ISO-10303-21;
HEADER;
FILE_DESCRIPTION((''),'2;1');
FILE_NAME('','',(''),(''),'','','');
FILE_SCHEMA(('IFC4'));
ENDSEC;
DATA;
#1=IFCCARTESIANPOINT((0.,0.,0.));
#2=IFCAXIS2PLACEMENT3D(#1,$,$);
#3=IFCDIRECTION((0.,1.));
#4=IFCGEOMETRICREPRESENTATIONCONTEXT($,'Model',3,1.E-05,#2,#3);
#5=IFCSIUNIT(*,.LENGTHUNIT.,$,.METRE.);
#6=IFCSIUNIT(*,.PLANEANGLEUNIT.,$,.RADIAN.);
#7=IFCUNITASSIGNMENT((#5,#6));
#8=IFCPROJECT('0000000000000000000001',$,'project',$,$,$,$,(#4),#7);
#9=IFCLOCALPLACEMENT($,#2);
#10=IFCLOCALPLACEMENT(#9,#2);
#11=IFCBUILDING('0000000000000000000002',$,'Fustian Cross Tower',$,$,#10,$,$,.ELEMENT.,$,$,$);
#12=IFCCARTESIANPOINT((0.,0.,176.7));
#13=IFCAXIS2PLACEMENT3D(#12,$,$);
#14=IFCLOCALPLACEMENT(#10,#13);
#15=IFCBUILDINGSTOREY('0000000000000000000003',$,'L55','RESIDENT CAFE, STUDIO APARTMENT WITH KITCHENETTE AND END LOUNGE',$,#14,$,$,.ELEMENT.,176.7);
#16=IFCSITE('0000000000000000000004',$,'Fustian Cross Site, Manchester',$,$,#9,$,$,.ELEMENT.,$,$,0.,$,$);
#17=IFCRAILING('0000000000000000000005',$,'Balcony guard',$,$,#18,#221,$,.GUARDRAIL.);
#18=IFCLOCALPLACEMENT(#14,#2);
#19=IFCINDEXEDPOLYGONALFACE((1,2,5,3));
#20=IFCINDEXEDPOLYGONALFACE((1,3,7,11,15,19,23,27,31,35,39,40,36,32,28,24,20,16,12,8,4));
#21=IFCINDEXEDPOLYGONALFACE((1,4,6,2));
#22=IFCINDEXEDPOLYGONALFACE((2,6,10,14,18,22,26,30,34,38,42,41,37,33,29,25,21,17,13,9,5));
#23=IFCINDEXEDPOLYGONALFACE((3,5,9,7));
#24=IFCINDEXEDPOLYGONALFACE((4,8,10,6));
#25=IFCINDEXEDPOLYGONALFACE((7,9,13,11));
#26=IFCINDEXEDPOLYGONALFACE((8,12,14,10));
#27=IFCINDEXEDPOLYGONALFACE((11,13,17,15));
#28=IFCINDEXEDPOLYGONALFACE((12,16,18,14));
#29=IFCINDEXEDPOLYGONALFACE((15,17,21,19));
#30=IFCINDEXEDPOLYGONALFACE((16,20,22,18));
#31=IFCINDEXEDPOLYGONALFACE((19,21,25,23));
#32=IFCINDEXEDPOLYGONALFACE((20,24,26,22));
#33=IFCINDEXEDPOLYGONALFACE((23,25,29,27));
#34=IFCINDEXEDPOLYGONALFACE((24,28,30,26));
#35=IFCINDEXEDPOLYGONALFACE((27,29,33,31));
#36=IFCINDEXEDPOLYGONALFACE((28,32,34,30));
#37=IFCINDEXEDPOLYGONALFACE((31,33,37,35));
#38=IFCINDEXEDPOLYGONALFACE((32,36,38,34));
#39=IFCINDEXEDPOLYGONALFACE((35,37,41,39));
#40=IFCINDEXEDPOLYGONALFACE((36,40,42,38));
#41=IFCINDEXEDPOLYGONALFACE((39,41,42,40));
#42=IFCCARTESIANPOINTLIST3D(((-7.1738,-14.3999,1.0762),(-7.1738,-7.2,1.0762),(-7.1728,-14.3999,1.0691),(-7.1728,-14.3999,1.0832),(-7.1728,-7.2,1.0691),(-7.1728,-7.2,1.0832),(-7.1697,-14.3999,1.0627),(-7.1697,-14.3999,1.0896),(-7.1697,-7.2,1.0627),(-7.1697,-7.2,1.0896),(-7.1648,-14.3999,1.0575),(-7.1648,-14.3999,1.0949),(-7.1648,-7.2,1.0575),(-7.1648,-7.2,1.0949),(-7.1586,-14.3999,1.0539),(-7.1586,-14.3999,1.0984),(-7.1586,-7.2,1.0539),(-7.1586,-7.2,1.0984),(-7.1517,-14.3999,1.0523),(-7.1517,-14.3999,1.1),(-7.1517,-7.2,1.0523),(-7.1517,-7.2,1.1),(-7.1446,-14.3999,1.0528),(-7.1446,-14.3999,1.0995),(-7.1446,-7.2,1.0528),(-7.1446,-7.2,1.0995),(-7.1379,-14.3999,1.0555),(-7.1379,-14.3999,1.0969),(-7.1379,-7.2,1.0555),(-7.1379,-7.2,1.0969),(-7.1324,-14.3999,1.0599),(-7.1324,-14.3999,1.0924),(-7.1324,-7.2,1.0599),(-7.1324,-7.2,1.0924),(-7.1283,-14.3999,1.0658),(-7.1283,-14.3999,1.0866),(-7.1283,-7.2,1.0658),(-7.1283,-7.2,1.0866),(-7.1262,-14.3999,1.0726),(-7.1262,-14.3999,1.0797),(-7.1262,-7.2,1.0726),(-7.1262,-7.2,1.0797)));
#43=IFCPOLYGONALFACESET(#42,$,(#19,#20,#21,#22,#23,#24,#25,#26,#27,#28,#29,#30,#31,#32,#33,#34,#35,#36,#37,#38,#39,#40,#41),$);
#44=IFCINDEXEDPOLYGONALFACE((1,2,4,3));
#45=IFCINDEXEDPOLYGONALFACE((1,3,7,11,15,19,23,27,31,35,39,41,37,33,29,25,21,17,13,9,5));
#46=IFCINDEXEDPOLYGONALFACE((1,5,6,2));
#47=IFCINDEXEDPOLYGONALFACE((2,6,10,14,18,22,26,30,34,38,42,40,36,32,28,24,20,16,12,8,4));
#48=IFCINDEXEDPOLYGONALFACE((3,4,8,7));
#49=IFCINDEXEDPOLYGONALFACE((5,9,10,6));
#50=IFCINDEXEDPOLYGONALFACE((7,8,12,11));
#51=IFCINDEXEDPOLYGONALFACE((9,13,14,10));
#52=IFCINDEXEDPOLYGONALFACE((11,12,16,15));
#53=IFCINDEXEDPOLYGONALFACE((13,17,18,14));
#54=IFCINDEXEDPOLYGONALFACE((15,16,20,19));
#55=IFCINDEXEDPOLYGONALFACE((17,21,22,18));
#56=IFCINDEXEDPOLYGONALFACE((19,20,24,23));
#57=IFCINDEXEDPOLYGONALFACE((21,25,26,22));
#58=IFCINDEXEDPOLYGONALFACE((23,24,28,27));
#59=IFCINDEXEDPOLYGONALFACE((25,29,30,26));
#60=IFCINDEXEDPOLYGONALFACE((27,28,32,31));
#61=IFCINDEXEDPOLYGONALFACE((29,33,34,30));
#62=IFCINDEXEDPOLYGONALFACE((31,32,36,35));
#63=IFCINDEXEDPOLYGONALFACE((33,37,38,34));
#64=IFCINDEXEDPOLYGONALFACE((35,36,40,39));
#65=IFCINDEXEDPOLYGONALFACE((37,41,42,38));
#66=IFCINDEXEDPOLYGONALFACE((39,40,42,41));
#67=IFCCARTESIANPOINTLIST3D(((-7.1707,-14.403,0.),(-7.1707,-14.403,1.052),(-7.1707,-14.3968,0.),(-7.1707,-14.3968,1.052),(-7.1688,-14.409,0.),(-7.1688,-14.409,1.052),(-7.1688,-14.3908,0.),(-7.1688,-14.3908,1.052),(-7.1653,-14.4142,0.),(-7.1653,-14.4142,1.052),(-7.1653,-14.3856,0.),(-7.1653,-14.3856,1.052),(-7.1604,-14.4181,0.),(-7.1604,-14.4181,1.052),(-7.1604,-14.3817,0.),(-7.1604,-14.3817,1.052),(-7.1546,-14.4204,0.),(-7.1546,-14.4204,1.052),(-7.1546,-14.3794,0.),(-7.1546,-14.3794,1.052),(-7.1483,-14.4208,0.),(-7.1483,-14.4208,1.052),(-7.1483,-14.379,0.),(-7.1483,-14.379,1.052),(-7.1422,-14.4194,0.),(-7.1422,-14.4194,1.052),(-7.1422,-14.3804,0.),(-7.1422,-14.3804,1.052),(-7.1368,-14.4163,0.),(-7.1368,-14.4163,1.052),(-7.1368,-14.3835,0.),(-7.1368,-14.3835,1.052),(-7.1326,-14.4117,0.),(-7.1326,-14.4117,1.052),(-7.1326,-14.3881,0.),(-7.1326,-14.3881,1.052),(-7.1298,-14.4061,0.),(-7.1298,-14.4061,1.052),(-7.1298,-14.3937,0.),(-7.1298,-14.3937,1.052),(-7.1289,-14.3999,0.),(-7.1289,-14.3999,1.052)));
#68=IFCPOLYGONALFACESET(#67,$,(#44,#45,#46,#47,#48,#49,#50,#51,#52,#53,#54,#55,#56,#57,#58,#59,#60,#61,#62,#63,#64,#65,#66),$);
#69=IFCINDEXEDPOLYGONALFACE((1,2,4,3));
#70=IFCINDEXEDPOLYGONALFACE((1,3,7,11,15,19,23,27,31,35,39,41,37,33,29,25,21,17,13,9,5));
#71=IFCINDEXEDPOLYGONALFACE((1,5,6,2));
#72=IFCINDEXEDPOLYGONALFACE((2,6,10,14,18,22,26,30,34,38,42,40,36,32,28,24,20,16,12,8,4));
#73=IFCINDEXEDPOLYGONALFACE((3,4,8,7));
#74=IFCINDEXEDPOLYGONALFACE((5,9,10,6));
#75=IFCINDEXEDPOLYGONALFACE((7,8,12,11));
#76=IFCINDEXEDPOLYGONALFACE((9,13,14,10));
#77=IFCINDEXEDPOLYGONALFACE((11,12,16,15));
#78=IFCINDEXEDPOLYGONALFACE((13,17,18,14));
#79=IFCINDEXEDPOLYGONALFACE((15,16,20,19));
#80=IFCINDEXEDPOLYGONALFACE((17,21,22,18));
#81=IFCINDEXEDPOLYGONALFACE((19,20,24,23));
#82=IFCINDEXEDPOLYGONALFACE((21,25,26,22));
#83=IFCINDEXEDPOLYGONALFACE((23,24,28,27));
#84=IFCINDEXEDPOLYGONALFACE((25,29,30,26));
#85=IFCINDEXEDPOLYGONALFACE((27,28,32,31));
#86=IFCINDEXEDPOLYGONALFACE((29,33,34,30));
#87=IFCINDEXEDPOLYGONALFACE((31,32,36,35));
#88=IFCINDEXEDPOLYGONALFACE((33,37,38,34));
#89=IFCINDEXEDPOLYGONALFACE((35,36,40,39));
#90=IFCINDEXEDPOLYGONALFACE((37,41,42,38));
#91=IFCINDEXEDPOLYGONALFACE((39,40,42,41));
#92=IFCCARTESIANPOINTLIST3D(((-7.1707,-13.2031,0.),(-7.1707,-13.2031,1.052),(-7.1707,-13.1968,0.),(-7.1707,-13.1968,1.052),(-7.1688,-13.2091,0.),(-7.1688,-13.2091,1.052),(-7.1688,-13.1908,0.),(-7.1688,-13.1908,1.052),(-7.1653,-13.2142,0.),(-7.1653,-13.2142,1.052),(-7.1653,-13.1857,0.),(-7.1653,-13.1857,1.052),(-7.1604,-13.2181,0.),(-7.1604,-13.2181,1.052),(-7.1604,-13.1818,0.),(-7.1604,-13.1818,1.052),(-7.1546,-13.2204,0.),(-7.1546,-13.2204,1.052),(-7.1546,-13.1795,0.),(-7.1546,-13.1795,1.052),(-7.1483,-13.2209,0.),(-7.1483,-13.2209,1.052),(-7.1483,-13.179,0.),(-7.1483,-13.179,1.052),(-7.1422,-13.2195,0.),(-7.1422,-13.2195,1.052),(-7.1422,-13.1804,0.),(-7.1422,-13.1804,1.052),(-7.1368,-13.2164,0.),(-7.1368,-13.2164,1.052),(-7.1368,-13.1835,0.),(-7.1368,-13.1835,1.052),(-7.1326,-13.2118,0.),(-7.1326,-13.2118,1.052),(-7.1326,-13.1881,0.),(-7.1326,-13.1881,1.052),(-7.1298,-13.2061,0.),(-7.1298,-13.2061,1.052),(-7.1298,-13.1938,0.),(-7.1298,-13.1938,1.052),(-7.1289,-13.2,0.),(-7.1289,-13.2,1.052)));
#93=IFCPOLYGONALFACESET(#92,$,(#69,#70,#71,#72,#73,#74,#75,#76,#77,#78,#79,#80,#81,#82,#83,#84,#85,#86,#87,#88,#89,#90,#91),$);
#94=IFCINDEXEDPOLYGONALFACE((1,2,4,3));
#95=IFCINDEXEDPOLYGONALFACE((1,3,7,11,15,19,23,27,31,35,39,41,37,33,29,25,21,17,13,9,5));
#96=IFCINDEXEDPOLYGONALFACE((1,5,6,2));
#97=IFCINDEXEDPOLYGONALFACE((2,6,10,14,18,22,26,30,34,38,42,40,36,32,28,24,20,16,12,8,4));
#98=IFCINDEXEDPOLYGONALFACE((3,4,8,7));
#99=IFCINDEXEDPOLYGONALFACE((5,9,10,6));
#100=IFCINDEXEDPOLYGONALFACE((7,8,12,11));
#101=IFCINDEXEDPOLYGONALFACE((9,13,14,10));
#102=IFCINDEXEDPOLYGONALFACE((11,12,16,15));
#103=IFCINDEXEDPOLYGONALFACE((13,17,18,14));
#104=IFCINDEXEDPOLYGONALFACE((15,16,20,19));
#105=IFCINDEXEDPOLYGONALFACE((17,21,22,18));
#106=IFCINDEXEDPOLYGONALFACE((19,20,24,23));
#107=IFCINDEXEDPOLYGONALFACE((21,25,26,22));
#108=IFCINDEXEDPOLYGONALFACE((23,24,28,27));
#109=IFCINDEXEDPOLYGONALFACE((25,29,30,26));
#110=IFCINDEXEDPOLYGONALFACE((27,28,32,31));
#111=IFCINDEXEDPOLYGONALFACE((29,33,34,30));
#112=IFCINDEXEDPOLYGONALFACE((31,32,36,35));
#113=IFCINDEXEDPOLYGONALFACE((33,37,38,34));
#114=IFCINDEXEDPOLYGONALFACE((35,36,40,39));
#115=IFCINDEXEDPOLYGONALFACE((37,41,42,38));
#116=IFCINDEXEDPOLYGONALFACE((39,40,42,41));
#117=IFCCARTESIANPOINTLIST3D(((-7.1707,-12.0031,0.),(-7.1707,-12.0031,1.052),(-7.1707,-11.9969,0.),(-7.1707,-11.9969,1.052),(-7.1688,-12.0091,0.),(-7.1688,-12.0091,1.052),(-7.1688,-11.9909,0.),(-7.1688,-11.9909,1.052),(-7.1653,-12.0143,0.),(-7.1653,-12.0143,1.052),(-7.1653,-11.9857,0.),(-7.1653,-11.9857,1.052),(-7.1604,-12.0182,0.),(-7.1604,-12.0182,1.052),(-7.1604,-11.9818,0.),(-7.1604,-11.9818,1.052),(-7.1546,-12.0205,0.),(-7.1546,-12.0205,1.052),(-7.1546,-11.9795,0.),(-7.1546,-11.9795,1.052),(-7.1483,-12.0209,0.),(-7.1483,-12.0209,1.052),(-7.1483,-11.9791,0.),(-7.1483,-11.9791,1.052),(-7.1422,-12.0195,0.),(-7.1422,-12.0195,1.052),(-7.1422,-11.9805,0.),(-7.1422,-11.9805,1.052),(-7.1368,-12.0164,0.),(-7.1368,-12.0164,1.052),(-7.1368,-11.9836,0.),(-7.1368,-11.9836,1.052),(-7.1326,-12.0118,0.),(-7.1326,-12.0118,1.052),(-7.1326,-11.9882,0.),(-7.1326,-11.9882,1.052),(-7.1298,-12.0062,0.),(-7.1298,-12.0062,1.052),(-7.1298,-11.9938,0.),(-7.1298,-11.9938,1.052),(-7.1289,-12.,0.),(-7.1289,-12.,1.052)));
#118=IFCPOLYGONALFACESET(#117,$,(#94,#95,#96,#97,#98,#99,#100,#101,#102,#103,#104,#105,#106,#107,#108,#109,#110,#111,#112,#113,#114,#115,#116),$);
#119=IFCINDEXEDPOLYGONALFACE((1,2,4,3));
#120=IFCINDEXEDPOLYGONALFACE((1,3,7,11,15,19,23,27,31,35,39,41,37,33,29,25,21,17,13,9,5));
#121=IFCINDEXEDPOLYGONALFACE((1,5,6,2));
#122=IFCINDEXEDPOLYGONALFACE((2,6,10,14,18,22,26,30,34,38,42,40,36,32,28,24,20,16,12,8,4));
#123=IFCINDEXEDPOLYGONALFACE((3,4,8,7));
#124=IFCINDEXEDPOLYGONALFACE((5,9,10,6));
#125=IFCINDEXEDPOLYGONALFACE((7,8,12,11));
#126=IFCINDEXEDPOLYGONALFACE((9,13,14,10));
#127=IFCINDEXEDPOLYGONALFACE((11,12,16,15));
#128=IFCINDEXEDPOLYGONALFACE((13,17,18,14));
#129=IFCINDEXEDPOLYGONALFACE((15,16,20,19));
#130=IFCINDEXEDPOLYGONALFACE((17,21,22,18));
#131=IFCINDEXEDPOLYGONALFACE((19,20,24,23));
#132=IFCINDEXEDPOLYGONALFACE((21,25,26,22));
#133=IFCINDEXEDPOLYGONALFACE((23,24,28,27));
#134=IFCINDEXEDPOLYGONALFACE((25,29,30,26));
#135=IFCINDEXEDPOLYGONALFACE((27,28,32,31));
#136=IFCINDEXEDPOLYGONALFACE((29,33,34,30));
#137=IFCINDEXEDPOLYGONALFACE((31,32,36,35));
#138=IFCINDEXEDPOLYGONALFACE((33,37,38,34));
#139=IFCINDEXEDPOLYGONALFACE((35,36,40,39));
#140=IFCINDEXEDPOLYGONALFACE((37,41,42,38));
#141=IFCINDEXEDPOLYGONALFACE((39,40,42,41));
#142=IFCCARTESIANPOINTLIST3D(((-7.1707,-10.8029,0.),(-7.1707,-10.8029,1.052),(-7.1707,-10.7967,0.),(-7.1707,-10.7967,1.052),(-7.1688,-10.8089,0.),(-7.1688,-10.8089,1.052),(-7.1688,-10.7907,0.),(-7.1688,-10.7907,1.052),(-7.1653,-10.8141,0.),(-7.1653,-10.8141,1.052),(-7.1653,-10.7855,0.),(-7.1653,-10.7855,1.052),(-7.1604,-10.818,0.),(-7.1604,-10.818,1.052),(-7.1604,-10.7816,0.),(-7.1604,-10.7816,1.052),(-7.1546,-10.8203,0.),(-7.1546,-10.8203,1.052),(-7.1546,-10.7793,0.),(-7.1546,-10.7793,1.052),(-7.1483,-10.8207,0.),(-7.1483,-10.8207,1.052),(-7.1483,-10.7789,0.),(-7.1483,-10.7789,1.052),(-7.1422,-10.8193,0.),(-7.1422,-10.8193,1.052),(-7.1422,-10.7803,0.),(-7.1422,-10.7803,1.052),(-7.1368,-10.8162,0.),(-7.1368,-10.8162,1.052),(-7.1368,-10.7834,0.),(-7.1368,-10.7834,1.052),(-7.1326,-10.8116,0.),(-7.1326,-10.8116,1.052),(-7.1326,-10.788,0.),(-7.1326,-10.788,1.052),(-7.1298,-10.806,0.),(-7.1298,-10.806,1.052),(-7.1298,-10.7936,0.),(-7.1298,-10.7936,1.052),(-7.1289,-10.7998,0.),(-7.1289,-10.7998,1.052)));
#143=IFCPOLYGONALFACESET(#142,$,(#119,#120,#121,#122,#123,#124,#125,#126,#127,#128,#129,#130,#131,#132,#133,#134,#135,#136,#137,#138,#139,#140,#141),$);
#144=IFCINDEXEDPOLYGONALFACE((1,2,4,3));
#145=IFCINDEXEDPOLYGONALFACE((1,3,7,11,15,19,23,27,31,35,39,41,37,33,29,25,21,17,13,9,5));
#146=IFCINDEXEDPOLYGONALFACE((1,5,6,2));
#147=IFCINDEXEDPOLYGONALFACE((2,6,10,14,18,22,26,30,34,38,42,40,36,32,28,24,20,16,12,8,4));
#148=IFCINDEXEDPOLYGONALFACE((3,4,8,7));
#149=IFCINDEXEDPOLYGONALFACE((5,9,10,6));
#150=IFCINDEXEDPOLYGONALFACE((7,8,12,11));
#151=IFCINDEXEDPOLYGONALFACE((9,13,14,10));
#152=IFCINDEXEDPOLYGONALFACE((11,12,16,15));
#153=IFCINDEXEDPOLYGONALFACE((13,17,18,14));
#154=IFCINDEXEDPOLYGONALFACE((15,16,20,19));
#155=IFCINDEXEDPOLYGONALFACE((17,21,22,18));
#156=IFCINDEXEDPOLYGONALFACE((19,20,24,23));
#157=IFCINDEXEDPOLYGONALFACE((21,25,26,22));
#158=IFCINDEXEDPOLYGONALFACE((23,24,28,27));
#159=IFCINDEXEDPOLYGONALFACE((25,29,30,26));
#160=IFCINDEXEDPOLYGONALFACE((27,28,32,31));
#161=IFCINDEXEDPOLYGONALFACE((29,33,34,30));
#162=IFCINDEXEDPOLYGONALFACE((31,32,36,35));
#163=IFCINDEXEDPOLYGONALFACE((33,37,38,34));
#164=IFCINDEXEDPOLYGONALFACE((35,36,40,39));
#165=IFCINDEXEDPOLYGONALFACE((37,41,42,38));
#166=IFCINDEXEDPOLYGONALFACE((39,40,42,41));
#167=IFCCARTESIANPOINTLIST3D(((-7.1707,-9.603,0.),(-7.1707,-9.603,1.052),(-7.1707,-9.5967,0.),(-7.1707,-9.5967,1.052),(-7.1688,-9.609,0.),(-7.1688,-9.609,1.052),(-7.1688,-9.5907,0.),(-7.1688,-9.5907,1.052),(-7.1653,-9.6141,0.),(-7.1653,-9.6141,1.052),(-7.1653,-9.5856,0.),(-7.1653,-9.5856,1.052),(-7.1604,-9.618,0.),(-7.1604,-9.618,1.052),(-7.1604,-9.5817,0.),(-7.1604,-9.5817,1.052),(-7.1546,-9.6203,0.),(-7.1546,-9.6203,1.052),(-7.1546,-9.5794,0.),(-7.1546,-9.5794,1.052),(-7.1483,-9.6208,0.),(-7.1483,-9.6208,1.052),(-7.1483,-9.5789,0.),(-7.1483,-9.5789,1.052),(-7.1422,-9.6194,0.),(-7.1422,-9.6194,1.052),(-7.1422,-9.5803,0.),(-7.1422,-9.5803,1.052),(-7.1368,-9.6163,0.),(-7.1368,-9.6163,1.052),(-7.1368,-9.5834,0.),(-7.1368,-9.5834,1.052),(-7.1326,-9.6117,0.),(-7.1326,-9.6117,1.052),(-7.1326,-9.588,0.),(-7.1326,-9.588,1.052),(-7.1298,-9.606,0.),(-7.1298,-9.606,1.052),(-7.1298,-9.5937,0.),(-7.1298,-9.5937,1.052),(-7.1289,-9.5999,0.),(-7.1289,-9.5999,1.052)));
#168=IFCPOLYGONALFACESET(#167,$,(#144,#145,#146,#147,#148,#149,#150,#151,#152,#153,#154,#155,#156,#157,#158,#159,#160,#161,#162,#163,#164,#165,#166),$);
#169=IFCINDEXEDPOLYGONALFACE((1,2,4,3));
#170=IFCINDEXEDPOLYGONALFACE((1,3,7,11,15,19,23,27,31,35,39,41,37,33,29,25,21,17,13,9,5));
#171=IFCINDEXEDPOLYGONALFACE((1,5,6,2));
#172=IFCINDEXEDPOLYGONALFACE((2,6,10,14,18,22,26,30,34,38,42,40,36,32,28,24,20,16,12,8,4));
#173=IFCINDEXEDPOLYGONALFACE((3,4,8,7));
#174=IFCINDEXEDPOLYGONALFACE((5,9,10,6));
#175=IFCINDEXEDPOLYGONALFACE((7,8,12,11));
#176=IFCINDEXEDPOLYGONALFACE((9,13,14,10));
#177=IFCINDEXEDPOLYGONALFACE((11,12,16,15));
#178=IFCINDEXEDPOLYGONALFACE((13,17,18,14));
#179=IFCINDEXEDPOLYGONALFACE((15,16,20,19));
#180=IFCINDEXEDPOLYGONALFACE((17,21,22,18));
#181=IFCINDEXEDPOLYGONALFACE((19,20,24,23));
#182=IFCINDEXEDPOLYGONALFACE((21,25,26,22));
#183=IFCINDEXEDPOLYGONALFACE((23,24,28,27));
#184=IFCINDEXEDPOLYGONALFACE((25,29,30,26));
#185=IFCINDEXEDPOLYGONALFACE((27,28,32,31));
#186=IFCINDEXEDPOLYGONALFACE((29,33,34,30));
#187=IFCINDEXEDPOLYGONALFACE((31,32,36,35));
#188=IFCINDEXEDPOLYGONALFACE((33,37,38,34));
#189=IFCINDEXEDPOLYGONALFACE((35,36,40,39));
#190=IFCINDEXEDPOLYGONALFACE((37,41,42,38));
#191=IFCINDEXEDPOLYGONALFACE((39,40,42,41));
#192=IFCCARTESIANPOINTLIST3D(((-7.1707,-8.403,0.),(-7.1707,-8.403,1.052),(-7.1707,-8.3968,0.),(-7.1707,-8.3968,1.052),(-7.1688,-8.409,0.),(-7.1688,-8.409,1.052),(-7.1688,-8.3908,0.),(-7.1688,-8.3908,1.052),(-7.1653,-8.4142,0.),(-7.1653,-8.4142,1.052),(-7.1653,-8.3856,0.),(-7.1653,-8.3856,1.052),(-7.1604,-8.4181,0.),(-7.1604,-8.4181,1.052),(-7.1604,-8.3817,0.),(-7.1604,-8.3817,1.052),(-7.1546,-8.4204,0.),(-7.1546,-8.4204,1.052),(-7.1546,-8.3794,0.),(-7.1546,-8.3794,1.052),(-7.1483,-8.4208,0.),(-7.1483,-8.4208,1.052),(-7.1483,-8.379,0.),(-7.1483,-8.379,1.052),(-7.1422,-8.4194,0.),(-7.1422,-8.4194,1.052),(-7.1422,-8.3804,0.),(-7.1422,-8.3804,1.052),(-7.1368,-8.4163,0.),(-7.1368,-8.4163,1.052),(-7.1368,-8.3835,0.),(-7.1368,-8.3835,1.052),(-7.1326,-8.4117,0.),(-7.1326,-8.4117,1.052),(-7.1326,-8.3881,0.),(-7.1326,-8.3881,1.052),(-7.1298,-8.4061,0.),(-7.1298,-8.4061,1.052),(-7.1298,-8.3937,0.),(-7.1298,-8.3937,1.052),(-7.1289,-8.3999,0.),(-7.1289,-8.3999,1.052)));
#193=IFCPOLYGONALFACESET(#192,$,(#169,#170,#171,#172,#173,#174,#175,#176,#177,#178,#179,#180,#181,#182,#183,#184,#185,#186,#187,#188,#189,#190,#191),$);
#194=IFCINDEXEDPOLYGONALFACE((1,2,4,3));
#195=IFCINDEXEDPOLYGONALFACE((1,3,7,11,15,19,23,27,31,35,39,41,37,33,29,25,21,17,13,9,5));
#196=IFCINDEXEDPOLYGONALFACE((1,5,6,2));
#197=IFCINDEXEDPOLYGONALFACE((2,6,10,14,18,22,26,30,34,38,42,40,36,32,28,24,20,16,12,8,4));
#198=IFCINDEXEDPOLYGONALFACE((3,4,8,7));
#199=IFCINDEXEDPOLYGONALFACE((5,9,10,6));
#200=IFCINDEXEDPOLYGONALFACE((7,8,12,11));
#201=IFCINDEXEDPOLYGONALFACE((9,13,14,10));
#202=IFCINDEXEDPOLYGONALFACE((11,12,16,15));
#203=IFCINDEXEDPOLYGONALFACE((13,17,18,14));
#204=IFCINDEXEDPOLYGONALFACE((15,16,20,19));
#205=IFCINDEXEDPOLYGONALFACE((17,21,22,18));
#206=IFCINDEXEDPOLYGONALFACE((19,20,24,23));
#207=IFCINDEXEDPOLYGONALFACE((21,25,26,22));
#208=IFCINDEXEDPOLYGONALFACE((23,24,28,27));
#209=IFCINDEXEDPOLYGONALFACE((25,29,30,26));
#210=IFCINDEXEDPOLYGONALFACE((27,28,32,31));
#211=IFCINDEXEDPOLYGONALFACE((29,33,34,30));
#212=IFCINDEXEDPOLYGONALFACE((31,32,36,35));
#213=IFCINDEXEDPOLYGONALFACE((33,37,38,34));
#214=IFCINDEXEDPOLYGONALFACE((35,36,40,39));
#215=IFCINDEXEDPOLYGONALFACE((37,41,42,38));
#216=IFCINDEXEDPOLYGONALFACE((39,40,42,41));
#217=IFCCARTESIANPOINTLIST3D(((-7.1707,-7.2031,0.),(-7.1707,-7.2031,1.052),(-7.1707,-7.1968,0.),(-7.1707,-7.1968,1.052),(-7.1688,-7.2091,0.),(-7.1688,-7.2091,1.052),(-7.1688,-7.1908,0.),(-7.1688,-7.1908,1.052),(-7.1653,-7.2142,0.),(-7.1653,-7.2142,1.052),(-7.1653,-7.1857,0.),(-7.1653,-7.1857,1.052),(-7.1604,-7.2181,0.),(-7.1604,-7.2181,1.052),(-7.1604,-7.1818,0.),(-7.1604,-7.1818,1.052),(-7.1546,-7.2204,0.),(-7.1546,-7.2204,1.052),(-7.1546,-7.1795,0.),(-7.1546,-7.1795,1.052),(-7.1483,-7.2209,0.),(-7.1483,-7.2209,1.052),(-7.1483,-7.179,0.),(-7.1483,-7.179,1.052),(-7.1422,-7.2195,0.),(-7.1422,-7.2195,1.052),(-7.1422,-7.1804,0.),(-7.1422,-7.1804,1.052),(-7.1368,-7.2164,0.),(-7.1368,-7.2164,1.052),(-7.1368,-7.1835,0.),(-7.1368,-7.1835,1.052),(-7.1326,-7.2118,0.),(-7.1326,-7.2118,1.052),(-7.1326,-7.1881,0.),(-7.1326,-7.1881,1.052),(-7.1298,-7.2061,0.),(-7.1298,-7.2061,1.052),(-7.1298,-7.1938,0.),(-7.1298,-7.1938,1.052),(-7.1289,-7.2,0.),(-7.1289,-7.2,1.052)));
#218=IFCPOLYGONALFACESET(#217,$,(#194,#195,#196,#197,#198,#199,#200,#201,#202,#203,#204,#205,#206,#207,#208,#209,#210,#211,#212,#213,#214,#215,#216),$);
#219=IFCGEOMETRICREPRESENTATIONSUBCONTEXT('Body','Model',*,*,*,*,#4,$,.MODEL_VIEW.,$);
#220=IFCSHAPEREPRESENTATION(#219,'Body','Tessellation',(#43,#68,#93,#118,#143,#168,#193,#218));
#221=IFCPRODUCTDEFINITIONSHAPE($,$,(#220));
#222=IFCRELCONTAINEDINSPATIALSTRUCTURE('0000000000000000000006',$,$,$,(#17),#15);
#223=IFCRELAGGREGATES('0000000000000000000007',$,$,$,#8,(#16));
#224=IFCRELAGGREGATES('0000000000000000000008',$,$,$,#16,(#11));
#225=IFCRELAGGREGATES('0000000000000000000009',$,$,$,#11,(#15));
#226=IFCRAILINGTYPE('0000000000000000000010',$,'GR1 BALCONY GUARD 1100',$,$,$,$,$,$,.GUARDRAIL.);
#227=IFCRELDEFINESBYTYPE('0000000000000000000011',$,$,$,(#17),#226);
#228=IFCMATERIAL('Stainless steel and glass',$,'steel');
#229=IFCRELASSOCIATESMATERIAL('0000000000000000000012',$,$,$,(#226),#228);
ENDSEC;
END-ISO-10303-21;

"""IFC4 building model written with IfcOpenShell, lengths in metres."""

from ifc_helpers import new_model, si_unit, direction, frame, origin, origin_2d, place, context, subcontext, project, spatial, circle, extrude, material, type_object, element, save


model = new_model("IFC4")

# Units and contexts
model_context = context("Model", 3, precision=1e-05, world=origin(), true_north=direction((0.0, 1.0)))
body_context = subcontext(model_context, "Body", "Model", "MODEL_VIEW")
ifc_project = project(units=[si_unit("LENGTHUNIT", "METRE"), si_unit("PLANEANGLEUNIT", "RADIAN")], contexts=[model_context])

# Site, building, storey
site_placement = place(None, origin())
site = spatial("IfcSite", under=ifc_project, at=site_placement, Name="Fustian Cross Site, Manchester", CompositionType="ELEMENT", RefElevation=0.0)
building_placement = place(site_placement, origin())
building = spatial("IfcBuilding", under=site, at=building_placement, Name="Fustian Cross Tower", CompositionType="ELEMENT")
storey_placement = place(building_placement, frame((0.0, 0.0, 176.7)))
storey = spatial("IfcBuildingStorey", under=building, at=storey_placement, Name="L55", Description="RESIDENT CAFE, STUDIO APARTMENT WITH KITCHENETTE AND END LOUNGE", CompositionType="ELEMENT", Elevation=176.7)

# Railing
ifc_material_1 = material(Name="Stainless steel and glass", Category="steel")
railing_type = type_object("IfcRailingType", Name="GR1 BALCONY GUARD 1100", PredefinedType="GUARDRAIL", material=ifc_material_1)
railing_placement = place(storey_placement, frame((-7.1499, -14.3999, 0.0)))
element("IfcRailing", 1, at=railing_placement, inside=storey, type_object=railing_type, Name="Balcony guard", PredefinedType="GUARDRAIL", context=body_context, shape_type="SweptSolid", body=[
    extrude(circle(Radius=0.0239, at=origin_2d()), frame((0.0, 0.0, 1.0762), z_axis=(0.0, 1.0, 0.0), x_axis=(-1.0, 0.0, 0.0)), (0.0, 0.0, 1.0), 7.2),
    extrude(circle(Radius=0.021, at=origin_2d()), origin(), (0.0, 0.0, 1.0), 1.052),
    extrude(circle(Radius=0.021, at=origin_2d()), frame((0.0, 1.2, 0.0)), (0.0, 0.0, 1.0), 1.052),
    extrude(circle(Radius=0.021, at=origin_2d()), frame((0.0, 2.3999, 0.0)), (0.0, 0.0, 1.0), 1.052),
    extrude(circle(Radius=0.021, at=origin_2d()), frame((0.0, 3.6001, 0.0)), (0.0, 0.0, 1.0), 1.052),
    extrude(circle(Radius=0.021, at=origin_2d()), frame((0.0, 4.8, 0.0)), (0.0, 0.0, 1.0), 1.052),
    extrude(circle(Radius=0.021, at=origin_2d()), frame((0.0, 6.0, 0.0)), (0.0, 0.0, 1.0), 1.052),
    extrude(circle(Radius=0.021, at=origin_2d()), frame((0.0, 7.2, 0.0)), (0.0, 0.0, 1.0), 1.052),
])

save(model, "model.ifc")
